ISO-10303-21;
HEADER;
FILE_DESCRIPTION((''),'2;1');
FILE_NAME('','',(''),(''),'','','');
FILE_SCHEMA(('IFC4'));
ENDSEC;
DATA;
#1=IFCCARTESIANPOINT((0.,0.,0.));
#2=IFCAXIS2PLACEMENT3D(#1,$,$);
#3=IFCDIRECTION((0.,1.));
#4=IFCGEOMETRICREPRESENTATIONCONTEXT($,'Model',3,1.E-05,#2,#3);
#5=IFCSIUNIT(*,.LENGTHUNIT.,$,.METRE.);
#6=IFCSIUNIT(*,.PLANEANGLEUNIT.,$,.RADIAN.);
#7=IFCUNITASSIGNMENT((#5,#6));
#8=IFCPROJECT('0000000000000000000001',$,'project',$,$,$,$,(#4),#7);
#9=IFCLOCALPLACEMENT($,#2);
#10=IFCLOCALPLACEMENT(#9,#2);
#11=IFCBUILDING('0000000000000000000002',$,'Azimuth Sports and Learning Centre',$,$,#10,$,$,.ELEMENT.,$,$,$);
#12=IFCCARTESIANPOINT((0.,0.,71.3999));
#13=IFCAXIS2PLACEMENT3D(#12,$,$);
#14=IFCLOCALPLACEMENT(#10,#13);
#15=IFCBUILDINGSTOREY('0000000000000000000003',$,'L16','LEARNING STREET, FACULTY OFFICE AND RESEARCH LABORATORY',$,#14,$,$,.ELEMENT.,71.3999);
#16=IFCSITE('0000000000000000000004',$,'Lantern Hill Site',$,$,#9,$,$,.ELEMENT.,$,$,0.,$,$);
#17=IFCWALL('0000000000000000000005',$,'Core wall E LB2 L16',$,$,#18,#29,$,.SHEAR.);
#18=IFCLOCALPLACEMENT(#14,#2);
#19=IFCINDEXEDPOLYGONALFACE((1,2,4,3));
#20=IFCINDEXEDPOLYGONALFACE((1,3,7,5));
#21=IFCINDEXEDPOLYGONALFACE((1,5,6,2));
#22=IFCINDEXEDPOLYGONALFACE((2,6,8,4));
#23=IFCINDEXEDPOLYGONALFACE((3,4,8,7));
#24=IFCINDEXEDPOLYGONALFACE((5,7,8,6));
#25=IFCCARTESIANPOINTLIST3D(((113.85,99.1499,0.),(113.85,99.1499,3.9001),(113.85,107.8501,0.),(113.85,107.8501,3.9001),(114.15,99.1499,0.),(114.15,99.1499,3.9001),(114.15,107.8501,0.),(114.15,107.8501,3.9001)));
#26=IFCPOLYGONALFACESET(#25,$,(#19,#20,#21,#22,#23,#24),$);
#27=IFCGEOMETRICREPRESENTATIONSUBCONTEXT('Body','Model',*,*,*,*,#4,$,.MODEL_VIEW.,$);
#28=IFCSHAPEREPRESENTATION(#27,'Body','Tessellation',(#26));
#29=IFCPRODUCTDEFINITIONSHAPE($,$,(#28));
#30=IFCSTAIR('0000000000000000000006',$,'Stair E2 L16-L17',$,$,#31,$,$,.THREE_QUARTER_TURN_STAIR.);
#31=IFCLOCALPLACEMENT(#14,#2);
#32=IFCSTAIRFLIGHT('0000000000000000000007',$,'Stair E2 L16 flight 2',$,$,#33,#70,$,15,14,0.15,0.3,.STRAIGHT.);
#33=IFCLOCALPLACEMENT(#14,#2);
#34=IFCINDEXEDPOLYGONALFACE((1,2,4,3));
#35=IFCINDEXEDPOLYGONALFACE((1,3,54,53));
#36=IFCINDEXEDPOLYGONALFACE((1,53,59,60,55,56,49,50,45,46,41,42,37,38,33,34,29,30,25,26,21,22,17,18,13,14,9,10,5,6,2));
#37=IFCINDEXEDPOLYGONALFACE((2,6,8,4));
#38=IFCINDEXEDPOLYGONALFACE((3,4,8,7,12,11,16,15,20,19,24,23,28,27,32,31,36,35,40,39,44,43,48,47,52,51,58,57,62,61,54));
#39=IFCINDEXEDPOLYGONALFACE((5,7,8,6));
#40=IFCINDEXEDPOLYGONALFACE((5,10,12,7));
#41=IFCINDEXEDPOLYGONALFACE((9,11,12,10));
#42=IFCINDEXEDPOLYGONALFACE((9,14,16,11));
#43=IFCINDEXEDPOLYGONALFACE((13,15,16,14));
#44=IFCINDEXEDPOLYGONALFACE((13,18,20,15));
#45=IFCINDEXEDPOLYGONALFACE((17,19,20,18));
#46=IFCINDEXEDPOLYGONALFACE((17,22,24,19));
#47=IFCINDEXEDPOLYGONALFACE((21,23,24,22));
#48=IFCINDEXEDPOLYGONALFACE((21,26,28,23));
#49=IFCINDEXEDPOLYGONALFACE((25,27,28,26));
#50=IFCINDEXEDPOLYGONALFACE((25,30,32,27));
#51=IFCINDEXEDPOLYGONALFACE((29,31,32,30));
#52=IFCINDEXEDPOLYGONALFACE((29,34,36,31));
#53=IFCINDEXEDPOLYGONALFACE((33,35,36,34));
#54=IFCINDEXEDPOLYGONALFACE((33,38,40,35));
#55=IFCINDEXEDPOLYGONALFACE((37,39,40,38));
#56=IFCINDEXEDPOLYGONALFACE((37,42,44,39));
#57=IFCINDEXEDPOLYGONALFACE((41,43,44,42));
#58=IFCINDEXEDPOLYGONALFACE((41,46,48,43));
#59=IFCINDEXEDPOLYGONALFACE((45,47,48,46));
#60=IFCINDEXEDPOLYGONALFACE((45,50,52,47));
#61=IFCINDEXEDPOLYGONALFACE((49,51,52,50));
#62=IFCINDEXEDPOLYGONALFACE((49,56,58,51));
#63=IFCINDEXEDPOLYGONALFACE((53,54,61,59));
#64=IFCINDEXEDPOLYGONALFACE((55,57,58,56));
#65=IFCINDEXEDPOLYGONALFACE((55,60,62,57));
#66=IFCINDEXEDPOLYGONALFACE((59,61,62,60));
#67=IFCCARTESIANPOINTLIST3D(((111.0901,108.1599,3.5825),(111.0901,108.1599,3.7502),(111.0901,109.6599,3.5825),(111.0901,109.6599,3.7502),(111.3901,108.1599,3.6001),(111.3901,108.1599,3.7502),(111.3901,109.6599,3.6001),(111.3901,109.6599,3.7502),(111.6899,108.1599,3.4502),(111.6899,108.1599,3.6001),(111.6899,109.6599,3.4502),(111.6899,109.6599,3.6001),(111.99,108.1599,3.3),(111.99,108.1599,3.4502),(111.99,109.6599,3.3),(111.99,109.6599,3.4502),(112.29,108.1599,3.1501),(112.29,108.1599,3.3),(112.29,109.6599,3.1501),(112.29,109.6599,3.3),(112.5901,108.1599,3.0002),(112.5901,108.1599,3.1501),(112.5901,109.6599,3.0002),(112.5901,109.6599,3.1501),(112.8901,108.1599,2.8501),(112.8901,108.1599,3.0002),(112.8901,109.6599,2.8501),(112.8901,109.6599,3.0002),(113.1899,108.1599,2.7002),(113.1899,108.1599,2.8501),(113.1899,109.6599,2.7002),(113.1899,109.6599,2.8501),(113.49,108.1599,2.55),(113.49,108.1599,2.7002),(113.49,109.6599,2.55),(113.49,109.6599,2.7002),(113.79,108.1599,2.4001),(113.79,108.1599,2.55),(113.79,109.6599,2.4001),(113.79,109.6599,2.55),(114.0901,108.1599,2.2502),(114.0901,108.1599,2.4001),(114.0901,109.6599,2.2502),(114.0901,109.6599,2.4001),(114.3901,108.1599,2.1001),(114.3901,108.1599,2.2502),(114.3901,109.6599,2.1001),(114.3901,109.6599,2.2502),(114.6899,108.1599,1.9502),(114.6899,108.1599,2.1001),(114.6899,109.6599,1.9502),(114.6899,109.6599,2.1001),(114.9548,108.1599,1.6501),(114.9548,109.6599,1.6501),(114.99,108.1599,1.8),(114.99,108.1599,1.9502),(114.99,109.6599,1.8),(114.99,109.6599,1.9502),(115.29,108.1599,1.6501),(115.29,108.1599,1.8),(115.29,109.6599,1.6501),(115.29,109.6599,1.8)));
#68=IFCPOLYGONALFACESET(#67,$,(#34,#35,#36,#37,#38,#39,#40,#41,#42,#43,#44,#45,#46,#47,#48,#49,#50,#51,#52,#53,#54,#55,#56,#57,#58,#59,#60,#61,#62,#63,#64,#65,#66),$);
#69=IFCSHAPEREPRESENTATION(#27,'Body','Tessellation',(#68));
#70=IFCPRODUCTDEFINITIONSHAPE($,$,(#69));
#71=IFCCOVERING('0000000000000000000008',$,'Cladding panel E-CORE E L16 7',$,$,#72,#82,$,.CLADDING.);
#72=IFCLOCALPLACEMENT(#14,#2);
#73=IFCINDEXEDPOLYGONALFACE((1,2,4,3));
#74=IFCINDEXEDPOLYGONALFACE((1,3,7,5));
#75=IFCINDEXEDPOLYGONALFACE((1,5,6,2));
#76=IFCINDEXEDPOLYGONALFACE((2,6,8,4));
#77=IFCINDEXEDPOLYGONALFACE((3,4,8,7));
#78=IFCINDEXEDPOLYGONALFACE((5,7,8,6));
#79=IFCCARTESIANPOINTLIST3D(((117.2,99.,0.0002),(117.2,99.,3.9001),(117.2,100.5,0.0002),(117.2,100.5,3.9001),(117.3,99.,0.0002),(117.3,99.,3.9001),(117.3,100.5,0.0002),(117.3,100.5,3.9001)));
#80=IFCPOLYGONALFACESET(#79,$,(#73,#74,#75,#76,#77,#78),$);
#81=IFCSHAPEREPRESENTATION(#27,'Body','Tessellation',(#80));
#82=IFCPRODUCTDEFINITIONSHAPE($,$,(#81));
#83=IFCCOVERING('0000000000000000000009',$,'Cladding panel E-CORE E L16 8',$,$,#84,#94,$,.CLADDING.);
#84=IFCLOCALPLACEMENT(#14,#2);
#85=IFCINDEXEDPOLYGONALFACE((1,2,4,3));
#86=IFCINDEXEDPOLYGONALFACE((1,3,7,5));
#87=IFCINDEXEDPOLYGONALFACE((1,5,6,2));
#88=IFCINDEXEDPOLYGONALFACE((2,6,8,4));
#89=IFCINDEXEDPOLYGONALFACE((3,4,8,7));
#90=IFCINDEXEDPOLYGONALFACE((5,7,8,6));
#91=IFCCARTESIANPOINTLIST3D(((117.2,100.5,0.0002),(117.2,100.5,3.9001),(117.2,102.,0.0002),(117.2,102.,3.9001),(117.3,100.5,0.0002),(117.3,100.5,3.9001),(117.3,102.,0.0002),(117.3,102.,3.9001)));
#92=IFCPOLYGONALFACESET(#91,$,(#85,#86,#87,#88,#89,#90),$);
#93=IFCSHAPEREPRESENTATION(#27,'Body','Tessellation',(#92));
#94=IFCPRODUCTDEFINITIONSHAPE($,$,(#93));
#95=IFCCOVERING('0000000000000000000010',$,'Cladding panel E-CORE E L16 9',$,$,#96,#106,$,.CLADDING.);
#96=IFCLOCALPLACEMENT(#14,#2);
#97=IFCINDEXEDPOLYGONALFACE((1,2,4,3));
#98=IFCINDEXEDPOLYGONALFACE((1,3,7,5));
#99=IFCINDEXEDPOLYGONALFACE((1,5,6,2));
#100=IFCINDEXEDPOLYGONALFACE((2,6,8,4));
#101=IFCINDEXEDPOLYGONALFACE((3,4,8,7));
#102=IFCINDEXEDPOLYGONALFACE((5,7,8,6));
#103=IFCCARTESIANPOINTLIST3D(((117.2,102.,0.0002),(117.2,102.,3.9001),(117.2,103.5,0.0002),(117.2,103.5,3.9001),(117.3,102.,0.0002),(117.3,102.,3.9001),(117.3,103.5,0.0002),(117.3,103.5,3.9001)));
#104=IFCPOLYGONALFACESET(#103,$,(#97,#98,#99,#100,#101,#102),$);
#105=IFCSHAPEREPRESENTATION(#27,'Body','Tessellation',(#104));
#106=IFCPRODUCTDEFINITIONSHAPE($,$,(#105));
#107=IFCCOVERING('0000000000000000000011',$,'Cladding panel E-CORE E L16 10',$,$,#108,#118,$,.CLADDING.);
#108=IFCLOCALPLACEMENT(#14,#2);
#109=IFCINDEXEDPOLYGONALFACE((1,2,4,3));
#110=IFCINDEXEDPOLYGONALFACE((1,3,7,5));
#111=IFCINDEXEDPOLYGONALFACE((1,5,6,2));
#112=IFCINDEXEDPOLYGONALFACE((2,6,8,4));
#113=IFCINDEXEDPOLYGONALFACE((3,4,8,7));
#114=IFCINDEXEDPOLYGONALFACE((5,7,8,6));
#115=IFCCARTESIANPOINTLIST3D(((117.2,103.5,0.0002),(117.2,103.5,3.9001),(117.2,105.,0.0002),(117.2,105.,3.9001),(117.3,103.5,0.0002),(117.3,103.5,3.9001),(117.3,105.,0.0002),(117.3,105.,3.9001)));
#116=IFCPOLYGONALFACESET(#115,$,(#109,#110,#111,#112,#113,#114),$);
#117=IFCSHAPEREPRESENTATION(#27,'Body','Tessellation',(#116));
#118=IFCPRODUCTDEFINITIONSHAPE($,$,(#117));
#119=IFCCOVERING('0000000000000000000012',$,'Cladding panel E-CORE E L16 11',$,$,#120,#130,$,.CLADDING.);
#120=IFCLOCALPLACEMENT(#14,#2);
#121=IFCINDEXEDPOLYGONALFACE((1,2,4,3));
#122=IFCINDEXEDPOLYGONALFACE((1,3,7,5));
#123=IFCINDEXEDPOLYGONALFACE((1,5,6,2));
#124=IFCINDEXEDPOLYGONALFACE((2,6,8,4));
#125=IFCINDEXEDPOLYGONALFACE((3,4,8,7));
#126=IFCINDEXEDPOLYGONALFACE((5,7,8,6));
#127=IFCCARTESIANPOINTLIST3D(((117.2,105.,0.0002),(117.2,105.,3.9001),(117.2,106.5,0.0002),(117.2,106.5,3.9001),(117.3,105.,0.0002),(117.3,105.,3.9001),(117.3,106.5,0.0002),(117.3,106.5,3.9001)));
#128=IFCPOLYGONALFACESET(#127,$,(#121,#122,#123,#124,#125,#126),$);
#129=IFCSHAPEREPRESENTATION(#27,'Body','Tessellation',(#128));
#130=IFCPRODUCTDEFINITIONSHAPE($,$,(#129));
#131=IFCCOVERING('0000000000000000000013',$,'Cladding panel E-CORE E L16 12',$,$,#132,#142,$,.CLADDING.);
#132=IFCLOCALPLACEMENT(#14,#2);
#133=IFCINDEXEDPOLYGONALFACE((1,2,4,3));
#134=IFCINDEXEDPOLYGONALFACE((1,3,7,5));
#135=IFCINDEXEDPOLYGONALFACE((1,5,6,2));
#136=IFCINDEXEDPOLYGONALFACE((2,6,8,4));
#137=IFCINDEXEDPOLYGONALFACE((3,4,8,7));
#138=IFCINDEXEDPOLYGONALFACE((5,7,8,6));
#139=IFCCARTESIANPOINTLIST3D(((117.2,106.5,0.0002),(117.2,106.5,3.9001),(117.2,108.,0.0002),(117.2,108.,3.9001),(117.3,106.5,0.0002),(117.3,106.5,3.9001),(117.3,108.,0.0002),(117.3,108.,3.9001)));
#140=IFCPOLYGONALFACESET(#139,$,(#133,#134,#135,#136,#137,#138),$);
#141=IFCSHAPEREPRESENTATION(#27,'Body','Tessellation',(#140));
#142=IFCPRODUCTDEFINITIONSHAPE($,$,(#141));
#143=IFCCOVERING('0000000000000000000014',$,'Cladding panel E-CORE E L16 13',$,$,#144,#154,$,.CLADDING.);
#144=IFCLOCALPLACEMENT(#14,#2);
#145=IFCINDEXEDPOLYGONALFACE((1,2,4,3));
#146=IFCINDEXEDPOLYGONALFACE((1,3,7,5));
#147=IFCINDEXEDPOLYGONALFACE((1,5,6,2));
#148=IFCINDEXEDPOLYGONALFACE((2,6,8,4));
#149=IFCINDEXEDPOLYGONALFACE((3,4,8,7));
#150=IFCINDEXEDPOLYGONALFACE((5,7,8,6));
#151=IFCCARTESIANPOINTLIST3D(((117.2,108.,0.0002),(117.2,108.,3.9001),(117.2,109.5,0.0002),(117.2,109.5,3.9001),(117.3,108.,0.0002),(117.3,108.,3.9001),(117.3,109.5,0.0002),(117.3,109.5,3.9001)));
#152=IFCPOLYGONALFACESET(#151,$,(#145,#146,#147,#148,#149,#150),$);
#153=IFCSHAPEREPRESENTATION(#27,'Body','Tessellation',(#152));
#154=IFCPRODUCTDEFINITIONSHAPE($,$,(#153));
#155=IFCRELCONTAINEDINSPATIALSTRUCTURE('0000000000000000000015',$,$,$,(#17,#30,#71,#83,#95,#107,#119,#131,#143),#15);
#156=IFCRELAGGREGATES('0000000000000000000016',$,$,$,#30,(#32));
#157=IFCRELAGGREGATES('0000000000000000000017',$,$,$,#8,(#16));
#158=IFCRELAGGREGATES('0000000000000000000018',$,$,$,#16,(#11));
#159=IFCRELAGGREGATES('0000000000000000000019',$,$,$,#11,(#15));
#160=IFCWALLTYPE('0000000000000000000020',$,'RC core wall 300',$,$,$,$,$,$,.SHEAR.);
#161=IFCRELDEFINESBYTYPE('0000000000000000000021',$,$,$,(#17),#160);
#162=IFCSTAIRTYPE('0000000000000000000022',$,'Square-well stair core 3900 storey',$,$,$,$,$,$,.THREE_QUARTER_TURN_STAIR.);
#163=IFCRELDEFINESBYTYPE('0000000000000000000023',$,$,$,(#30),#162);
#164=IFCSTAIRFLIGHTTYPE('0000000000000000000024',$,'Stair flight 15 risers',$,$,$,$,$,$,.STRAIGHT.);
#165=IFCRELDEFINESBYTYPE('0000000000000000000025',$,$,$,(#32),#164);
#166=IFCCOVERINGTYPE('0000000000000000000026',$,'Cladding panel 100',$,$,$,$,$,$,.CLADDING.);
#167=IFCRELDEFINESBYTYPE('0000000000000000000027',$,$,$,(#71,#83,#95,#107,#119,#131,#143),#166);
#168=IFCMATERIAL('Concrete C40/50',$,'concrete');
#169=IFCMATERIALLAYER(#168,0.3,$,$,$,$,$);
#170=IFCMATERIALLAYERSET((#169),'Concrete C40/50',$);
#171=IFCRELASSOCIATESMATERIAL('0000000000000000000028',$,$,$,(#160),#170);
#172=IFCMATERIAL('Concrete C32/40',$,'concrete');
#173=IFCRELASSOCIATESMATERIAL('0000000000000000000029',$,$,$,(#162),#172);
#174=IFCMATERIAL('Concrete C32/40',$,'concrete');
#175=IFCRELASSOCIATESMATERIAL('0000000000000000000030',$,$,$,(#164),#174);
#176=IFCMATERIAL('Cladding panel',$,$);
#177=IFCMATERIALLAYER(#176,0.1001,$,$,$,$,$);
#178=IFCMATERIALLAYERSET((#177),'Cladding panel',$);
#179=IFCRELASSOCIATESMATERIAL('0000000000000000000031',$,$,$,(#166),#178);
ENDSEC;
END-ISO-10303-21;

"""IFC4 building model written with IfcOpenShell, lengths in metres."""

from ifc_helpers import new_model, si_unit, direction, frame, frame_2d, origin, origin_2d, place, context, subcontext, project, spatial, polyline, rectangle, outline, extrude, material, layer, layer_set, type_object, element, aggregate, save


model = new_model("IFC4")

# Units and contexts
model_context = context("Model", 3, precision=1e-05, world=origin(), true_north=direction((0.0, 1.0)))
body_context = subcontext(model_context, "Body", "Model", "MODEL_VIEW")
ifc_project = project(units=[si_unit("LENGTHUNIT", "METRE"), si_unit("PLANEANGLEUNIT", "RADIAN")], contexts=[model_context])

# Site, building, storey
site_placement = place(None, origin())
site = spatial("IfcSite", under=ifc_project, at=site_placement, Name="Lantern Hill Site", CompositionType="ELEMENT", RefElevation=0.0)
building_placement = place(site_placement, origin())
building = spatial("IfcBuilding", under=site, at=building_placement, Name="Azimuth Sports and Learning Centre", CompositionType="ELEMENT")
storey_placement = place(building_placement, frame((0.0, 0.0, 71.3999)))
storey = spatial("IfcBuildingStorey", under=building, at=storey_placement, Name="L16", Description="LEARNING STREET, FACULTY OFFICE AND RESEARCH LABORATORY", CompositionType="ELEMENT", Elevation=71.3999)

# Shared definitions
ifc_material_1 = material(Name="Concrete C40/50", Category="concrete")
ifc_layer_1 = layer(ifc_material_1, 0.3)
ifc_layer_set_1 = layer_set([ifc_layer_1], Name="Concrete C40/50")
wall_type_1 = type_object("IfcWallType", Name="RC core wall 300", PredefinedType="SHEAR", material=ifc_layer_set_1)

# Wall
wall_1_placement = place(storey_placement, frame((114.0, 99.1499, 0.0), z_axis=(0.0, 0.0, 1.0), x_axis=(0.0, 1.0, 0.0)))
element("IfcWall", 1, at=wall_1_placement, inside=storey, type_object=wall_type_1, Name="Core wall E LB2 L16", PredefinedType="SHEAR", context=body_context, shape_type="SweptSolid", body=[
    extrude(rectangle(XDim=8.7002, YDim=0.3, at=frame_2d((4.3501, 0.0))), origin(), (0.0, 0.0, 1.0), 3.9001),
])

# Stair, stair flight
ifc_material_2 = material(Name="Concrete C32/40", Category="concrete")
stair_type = type_object("IfcStairType", Name="Square-well stair core 3900 storey", PredefinedType="THREE_QUARTER_TURN_STAIR", material=ifc_material_2)
stair_placement = place(storey_placement, origin())
stair = element("IfcStair", 2, at=stair_placement, inside=storey, type_object=stair_type, Name="Stair E2 L16-L17", PredefinedType="THREE_QUARTER_TURN_STAIR")
ifc_material_3 = material(Name="Concrete C32/40", Category="concrete")
stair_flight_type = type_object("IfcStairFlightType", Name="Stair flight 15 risers", PredefinedType="STRAIGHT", material=ifc_material_3)
stair_flight_placement = place(storey_placement, frame((115.29, 108.9099, 1.6501), z_axis=(0.0, 0.0, 1.0), x_axis=(-1.0, 0.0, 0.0)))
stair_flight = element("IfcStairFlight", 3, at=stair_flight_placement, type_object=stair_flight_type, Name="Stair E2 L16 flight 2", NumberOfRisers=15, NumberOfTreads=14, PredefinedType="STRAIGHT", RiserHeight=0.15, TreadLength=0.3, context=body_context, shape_type="SweptSolid", body=[
    extrude(outline(polyline([(0.0, 0.0), (0.0, 0.1499), (0.3, 0.1499), (0.3, 0.3), (0.6001, 0.3), (0.6001, 0.45), (0.8999, 0.45), (0.8999, 0.6001), (1.2, 0.6001), (1.2, 0.75), (1.5, 0.75), (1.5, 0.8999), (1.8, 0.8999), (1.8, 1.05), (2.1001, 1.05), (2.1001, 1.2), (2.3999, 1.2), (2.3999, 1.3501), (2.7, 1.3501), (2.7, 1.5), (3.0, 1.5), (3.0, 1.6499), (3.3, 1.6499), (3.3, 1.8), (3.6001, 1.8), (3.6001, 1.95), (3.8999, 1.95), (3.8999, 2.1001), (4.2, 2.1001), (4.2, 2.25), (4.2, 1.9324), (0.3352, 0.0), (0.0, 0.0)])), frame((0.0, 0.75, 0.0), z_axis=(0.0, -1.0, 0.0), x_axis=(1.0, 0.0, 0.0)), (0.0, 0.0, 1.0), 1.5),
])
aggregate(stair, [stair_flight])

# Coverings
ifc_material_4 = material(Name="Cladding panel")
ifc_layer_2 = layer(ifc_material_4, 0.1001)
ifc_layer_set_2 = layer_set([ifc_layer_2], Name="Cladding panel")
covering_type = type_object("IfcCoveringType", Name="Cladding panel 100", PredefinedType="CLADDING", material=ifc_layer_set_2)
for number, where, z_axis, x_axis, name in (
    (4, (117.25, 99.75, 0.0002), (0.0, 0.0, 1.0), (0.0, 1.0, 0.0), "Cladding panel E-CORE E L16 7"),
    (5, (117.25, 101.25, 0.0002), (0.0, 0.0, 1.0), (0.0, 1.0, 0.0), "Cladding panel E-CORE E L16 8"),
    (6, (117.25, 102.75, 0.0002), (0.0, 0.0, 1.0), (0.0, 1.0, 0.0), "Cladding panel E-CORE E L16 9"),
    (7, (117.25, 104.25, 0.0002), (0.0, 0.0, 1.0), (0.0, 1.0, 0.0), "Cladding panel E-CORE E L16 10"),
    (8, (117.25, 105.75, 0.0002), (0.0, 0.0, 1.0), (0.0, 1.0, 0.0), "Cladding panel E-CORE E L16 11"),
    (9, (117.25, 107.25, 0.0002), (0.0, 0.0, 1.0), (0.0, 1.0, 0.0), "Cladding panel E-CORE E L16 12"),
    (10, (117.25, 108.75, 0.0002), (0.0, 0.0, 1.0), (0.0, 1.0, 0.0), "Cladding panel E-CORE E L16 13"),
):
    element("IfcCovering", number, at=place(storey_placement, frame(where, z_axis=z_axis, x_axis=x_axis)), inside=storey, type_object=covering_type, Name=name, PredefinedType="CLADDING", context=body_context, shape_type="SweptSolid", body=[
        extrude(rectangle(XDim=1.5, YDim=0.1001, at=origin_2d()), origin(), (0.0, 0.0, 1.0), 3.8999),
    ])

save(model, "model.ifc")
